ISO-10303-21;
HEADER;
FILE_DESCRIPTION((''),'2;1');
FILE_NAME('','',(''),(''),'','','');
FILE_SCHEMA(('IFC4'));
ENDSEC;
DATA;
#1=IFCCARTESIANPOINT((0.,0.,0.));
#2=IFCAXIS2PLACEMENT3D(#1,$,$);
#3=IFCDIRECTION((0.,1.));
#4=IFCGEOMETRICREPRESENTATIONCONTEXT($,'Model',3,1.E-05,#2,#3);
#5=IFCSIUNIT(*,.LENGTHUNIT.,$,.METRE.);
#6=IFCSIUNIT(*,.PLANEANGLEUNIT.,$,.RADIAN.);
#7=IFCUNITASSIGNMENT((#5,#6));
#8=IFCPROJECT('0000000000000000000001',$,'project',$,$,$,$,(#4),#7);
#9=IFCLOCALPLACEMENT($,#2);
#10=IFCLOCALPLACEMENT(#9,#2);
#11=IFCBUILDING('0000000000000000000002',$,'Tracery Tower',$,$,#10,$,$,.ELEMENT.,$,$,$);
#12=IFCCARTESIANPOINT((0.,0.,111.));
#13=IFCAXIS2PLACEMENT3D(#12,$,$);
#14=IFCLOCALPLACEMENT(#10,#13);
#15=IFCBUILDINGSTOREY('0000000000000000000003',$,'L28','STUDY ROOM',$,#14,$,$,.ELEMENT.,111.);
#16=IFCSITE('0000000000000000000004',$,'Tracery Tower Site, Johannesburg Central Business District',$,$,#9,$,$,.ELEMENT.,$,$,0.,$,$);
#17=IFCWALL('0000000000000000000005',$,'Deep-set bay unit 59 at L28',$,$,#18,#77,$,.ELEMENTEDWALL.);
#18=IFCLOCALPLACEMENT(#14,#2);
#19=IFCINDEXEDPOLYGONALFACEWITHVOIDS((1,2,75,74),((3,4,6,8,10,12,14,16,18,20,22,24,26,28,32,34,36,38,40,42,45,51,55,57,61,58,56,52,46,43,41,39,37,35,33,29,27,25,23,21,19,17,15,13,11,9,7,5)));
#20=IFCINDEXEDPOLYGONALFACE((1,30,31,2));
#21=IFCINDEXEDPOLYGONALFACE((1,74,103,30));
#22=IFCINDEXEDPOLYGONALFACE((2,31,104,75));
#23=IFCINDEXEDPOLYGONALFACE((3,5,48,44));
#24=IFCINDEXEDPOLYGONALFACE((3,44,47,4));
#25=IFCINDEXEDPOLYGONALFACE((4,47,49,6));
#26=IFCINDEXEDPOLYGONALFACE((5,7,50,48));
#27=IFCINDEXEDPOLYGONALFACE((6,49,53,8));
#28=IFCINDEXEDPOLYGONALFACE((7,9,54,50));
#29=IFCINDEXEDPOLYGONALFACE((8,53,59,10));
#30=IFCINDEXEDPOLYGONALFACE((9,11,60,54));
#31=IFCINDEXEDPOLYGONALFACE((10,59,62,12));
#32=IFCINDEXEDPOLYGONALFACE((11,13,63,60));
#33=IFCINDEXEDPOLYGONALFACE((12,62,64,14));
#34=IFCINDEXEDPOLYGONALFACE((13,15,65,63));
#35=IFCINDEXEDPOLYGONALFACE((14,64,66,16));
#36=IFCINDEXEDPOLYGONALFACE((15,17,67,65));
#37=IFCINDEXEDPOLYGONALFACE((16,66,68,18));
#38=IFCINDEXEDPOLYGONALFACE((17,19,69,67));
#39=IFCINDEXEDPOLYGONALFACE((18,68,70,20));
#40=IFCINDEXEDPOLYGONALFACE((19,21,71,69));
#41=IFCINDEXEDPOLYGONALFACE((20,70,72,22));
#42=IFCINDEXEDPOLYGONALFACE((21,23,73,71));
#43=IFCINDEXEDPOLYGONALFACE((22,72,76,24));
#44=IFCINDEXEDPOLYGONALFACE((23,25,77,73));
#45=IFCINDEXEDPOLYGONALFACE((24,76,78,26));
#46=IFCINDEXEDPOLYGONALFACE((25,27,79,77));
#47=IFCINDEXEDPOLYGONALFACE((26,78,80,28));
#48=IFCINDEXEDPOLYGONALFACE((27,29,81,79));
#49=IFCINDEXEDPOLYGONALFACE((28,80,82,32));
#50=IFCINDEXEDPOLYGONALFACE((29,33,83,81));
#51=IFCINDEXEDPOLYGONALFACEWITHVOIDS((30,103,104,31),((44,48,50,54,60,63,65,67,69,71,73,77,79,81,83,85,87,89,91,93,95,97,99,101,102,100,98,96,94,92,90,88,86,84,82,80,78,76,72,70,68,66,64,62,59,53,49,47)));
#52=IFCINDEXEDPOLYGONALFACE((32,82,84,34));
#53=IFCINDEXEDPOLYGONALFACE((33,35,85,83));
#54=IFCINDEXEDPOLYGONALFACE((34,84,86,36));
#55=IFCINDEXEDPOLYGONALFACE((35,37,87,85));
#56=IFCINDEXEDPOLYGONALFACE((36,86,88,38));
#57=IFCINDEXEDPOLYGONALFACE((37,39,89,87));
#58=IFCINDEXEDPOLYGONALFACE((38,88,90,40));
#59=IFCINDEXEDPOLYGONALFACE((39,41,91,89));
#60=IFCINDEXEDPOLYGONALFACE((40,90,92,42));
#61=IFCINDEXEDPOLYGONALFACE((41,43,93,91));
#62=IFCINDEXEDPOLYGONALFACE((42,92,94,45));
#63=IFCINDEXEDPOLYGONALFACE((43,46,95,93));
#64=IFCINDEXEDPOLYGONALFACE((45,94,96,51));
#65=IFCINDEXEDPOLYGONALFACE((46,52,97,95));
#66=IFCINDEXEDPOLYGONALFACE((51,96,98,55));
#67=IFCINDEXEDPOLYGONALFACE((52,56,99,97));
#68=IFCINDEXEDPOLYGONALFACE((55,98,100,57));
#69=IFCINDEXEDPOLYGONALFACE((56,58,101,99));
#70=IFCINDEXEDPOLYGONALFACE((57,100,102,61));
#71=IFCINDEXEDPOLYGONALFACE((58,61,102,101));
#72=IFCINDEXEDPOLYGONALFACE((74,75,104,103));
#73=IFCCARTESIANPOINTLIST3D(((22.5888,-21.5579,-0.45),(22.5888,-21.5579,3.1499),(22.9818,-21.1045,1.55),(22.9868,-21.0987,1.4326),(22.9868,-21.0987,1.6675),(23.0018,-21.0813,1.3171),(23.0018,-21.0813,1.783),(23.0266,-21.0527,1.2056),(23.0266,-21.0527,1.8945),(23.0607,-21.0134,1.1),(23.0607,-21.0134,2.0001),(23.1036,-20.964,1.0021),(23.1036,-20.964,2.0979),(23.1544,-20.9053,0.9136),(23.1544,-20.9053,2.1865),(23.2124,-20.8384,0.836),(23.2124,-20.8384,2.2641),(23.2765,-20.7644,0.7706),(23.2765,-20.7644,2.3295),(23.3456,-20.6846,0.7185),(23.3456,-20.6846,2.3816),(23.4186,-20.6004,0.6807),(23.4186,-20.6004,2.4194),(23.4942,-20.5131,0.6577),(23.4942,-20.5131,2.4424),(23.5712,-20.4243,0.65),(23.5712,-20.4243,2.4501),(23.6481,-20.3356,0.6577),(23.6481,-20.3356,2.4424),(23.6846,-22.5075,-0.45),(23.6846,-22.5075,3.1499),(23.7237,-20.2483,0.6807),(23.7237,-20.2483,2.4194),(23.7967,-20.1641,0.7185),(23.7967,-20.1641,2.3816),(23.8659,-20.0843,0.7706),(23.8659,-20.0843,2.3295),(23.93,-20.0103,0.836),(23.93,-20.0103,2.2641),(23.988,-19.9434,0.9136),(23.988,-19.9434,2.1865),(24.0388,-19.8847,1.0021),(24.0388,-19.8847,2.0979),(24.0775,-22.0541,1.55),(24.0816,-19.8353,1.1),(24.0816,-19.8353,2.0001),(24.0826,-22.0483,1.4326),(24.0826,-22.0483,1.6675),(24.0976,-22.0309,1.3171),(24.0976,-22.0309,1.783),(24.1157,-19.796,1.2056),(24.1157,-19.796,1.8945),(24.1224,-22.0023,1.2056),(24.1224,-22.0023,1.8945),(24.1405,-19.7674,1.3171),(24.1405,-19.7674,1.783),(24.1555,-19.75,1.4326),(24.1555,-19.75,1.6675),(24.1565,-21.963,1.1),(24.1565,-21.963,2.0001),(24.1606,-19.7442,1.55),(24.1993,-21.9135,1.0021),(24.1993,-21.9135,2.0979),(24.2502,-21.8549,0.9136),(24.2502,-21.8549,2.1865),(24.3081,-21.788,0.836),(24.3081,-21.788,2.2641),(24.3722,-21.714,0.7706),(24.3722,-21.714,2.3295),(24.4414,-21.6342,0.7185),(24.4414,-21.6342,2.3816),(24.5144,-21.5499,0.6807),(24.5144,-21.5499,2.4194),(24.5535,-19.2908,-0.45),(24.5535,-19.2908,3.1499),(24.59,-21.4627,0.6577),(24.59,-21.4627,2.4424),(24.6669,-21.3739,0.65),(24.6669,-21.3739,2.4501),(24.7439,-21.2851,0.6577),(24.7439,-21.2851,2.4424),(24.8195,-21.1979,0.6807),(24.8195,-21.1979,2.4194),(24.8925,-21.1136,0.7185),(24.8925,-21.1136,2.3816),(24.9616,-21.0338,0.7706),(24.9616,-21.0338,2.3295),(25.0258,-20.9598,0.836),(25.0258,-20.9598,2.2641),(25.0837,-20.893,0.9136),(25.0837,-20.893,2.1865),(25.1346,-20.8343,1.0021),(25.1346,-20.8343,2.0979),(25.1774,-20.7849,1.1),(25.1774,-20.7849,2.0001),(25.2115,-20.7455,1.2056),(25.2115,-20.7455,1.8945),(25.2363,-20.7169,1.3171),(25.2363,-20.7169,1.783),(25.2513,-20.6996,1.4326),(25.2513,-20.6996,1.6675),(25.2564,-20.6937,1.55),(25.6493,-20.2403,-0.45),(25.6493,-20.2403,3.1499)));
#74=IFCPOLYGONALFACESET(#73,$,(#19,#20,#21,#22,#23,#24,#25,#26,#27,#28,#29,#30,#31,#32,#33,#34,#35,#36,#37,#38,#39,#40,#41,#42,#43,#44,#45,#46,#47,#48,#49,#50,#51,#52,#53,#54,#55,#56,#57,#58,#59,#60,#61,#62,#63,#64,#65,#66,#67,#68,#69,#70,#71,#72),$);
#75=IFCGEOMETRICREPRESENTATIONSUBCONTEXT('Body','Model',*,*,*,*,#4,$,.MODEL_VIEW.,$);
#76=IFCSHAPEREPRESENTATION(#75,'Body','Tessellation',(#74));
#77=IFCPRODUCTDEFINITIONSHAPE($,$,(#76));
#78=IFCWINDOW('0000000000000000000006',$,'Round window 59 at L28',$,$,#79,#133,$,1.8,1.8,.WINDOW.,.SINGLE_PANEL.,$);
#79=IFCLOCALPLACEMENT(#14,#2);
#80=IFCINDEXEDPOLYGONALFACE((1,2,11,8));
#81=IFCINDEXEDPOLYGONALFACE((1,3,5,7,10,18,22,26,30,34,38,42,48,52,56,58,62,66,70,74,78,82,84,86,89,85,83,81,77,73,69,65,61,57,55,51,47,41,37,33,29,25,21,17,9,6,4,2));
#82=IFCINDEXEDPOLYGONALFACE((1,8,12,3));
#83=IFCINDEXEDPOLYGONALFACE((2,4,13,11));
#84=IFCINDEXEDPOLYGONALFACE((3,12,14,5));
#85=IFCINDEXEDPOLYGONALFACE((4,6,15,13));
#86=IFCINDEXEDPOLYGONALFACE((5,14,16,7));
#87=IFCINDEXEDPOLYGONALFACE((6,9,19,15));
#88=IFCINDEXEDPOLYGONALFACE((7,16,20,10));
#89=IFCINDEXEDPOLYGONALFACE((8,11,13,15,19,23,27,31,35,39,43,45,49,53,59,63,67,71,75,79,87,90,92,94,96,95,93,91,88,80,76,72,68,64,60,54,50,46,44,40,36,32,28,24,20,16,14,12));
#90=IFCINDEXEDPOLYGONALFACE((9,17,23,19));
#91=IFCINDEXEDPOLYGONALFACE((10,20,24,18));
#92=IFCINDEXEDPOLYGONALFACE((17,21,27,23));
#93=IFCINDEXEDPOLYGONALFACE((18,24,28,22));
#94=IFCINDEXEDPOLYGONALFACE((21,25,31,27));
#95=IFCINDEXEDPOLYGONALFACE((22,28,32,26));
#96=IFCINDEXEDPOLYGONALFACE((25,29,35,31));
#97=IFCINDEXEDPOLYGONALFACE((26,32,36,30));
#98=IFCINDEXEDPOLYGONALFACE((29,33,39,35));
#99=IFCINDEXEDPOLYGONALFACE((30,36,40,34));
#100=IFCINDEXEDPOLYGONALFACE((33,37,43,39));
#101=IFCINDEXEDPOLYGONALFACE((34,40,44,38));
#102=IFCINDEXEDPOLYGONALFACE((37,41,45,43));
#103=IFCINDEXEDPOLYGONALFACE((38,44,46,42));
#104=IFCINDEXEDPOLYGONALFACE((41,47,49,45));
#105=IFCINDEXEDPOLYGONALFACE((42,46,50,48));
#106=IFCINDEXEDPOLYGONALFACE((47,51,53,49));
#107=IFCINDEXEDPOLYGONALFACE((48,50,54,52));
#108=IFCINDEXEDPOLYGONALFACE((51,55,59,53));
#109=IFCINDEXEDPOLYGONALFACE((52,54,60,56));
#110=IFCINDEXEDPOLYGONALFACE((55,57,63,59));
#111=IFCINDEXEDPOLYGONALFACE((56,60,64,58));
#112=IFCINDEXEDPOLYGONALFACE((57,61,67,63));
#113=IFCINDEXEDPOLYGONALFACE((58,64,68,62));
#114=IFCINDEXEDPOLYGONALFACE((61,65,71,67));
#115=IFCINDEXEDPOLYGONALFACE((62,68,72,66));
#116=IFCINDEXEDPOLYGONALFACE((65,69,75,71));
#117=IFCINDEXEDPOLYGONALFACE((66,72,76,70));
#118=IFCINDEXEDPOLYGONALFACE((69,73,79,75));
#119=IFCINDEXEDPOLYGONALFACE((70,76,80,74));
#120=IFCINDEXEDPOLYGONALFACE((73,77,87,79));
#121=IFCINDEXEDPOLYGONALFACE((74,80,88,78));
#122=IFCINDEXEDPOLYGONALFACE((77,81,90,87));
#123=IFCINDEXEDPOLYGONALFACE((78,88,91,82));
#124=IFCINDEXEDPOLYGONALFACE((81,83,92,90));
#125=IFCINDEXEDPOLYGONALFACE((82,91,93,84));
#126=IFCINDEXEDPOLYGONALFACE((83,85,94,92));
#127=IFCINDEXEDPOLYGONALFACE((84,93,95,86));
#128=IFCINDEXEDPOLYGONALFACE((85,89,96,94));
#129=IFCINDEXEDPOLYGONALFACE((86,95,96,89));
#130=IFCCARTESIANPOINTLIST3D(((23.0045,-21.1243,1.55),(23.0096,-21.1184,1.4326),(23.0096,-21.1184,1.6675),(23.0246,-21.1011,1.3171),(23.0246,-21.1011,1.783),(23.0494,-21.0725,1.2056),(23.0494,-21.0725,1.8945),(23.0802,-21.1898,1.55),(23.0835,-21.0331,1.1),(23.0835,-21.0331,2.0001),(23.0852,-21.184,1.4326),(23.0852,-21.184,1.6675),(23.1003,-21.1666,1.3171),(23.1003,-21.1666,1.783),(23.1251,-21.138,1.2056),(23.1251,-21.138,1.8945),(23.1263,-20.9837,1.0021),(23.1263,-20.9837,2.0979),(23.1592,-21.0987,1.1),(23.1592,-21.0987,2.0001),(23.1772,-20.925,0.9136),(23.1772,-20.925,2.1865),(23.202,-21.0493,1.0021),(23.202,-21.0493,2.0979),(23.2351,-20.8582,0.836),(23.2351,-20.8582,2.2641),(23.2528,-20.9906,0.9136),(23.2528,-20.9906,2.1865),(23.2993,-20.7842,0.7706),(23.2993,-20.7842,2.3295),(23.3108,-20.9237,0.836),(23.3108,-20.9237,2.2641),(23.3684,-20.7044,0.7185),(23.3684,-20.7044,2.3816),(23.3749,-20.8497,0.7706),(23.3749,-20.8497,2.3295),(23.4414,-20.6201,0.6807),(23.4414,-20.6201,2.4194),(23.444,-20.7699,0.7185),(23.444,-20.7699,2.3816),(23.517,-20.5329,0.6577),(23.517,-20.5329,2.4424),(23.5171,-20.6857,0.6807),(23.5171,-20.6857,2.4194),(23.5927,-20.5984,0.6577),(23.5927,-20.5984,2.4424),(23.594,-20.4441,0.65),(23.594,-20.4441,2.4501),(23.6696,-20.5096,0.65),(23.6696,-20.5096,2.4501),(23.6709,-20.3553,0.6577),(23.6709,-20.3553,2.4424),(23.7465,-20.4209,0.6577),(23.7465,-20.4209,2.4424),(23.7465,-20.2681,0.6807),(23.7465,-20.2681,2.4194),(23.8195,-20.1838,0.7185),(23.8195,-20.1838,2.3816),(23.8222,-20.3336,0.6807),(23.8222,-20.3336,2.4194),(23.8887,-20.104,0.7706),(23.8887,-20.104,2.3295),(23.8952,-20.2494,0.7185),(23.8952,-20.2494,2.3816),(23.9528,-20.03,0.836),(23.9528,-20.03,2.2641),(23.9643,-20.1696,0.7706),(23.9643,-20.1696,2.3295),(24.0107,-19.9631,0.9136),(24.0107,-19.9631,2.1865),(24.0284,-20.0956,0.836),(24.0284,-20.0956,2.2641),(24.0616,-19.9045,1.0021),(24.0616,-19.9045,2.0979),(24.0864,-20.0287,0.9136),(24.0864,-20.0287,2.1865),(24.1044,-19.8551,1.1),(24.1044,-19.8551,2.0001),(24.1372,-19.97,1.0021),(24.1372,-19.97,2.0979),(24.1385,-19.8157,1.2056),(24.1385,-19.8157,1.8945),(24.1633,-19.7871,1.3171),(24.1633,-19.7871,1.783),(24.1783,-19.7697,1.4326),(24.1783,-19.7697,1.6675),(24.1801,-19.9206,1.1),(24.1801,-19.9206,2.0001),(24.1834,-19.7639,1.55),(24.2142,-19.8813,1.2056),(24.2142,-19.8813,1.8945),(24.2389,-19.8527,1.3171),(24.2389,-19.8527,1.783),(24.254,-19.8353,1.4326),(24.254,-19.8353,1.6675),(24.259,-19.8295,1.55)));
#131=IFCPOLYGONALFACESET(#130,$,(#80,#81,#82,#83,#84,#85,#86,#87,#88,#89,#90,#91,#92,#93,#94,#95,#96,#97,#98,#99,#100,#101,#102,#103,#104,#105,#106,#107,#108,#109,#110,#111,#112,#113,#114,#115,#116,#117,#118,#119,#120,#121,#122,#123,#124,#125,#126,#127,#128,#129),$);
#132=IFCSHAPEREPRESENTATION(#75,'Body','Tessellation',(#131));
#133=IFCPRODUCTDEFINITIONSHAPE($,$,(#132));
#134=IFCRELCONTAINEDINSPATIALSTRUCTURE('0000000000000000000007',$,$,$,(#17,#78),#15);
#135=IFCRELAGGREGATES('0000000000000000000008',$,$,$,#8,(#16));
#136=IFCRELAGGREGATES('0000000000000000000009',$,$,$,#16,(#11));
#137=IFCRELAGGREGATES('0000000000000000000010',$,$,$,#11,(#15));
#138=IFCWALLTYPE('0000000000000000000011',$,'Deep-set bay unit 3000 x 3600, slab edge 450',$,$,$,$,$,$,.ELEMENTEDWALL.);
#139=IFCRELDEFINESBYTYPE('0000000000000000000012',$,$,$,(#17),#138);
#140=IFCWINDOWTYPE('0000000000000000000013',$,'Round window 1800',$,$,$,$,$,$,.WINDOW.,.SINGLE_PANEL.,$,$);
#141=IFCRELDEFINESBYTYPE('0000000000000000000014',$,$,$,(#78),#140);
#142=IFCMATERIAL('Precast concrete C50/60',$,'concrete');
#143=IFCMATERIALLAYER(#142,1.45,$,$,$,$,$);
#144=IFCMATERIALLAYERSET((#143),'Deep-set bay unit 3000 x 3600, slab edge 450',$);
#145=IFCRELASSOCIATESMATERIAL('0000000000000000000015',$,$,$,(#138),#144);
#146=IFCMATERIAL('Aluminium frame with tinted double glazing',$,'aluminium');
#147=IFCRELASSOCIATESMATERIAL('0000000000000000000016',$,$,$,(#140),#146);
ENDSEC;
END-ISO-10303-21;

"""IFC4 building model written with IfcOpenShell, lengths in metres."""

from ifc_helpers import new_model, si_unit, direction, frame, frame_2d, origin, origin_2d, place, context, subcontext, project, spatial, rectangle, circle, extrude, material, layer, layer_set, type_object, element, fill, save


model = new_model("IFC4")

# Units and contexts
model_context = context("Model", 3, precision=1e-05, world=origin(), true_north=direction((0.0, 1.0)))
body_context = subcontext(model_context, "Body", "Model", "MODEL_VIEW")
ifc_project = project(units=[si_unit("LENGTHUNIT", "METRE"), si_unit("PLANEANGLEUNIT", "RADIAN")], contexts=[model_context])

# Site, building, storey
site_placement = place(None, origin())
site = spatial("IfcSite", under=ifc_project, at=site_placement, Name="Tracery Tower Site, Johannesburg Central Business District", CompositionType="ELEMENT", RefElevation=0.0)
building_placement = place(site_placement, origin())
building = spatial("IfcBuilding", under=site, at=building_placement, Name="Tracery Tower", CompositionType="ELEMENT")
storey_placement = place(building_placement, frame((0.0, 0.0, 111.0)))
storey = spatial("IfcBuildingStorey", under=building, at=storey_placement, Name="L28", Description="STUDY ROOM", CompositionType="ELEMENT", Elevation=111.0)

# Wall, opening, window
ifc_material_1 = material(Name="Precast concrete C50/60", Category="concrete")
ifc_layer_1 = layer(ifc_material_1, 1.45)
ifc_layer_set_1 = layer_set([ifc_layer_1], Name="Deep-set bay unit 3000 x 3600, slab edge 450")
wall_type_1 = type_object("IfcWallType", Name="Deep-set bay unit 3000 x 3600, slab edge 450", PredefinedType="ELEMENTEDWALL", material=ifc_layer_set_1)
ifc_material_2 = material(Name="Aluminium frame with tinted double glazing", Category="aluminium")
window_type = type_object("IfcWindowType", Name="Round window 1800", PartitioningType="SINGLE_PANEL", PredefinedType="WINDOW", material=ifc_material_2)
wall_1_placement = place(storey_placement, frame((23.1367, -22.0327, -0.45), z_axis=(0.0, 0.0, 1.0), x_axis=(0.65489, 0.755724, 0.0)))
wall_1 = element("IfcWall", 1, at=wall_1_placement, inside=storey, type_object=wall_type_1, Name="Deep-set bay unit 59 at L28", PredefinedType="ELEMENTEDWALL", context=body_context, shape_type="SweptSolid", body=[
    extrude(rectangle(XDim=3.0, YDim=1.45, at=frame_2d((1.5, 0.0))), origin(), (0.0, 0.0, 1.0), 3.5999),
])
opening_1_placement = place(wall_1_placement, frame((1.5, 0.0, 2.0)))
opening_1 = element("IfcOpeningElement", 2, at=opening_1_placement, cuts=wall_1, PredefinedType="OPENING", context=body_context, shape_type="SweptSolid", body=[
    extrude(circle(Radius=0.9, at=origin_2d()), frame((0.0, 0.7349, 0.0), z_axis=(0.0, -1.0, 0.0), x_axis=(1.0, 0.0, 0.0)), (0.0, 0.0, 1.0), 1.47),
])
window_1_placement = place(opening_1_placement, origin())
window_1 = element("IfcWindow", 3, at=window_1_placement, inside=storey, type_object=window_type, Name="Round window 59 at L28", OverallHeight=1.8, OverallWidth=1.8, PartitioningType="SINGLE_PANEL", PredefinedType="WINDOW", context=body_context, shape_type="SweptSolid", body=[
    extrude(circle(Radius=0.9, at=origin_2d()), frame((0.0, 0.6948, 0.0), z_axis=(0.0, -1.0, 0.0), x_axis=(1.0, 0.0, 0.0)), (0.0, 0.0, 1.0), 0.1001),
])
fill(opening_1, window_1)

save(model, "model.ifc")
